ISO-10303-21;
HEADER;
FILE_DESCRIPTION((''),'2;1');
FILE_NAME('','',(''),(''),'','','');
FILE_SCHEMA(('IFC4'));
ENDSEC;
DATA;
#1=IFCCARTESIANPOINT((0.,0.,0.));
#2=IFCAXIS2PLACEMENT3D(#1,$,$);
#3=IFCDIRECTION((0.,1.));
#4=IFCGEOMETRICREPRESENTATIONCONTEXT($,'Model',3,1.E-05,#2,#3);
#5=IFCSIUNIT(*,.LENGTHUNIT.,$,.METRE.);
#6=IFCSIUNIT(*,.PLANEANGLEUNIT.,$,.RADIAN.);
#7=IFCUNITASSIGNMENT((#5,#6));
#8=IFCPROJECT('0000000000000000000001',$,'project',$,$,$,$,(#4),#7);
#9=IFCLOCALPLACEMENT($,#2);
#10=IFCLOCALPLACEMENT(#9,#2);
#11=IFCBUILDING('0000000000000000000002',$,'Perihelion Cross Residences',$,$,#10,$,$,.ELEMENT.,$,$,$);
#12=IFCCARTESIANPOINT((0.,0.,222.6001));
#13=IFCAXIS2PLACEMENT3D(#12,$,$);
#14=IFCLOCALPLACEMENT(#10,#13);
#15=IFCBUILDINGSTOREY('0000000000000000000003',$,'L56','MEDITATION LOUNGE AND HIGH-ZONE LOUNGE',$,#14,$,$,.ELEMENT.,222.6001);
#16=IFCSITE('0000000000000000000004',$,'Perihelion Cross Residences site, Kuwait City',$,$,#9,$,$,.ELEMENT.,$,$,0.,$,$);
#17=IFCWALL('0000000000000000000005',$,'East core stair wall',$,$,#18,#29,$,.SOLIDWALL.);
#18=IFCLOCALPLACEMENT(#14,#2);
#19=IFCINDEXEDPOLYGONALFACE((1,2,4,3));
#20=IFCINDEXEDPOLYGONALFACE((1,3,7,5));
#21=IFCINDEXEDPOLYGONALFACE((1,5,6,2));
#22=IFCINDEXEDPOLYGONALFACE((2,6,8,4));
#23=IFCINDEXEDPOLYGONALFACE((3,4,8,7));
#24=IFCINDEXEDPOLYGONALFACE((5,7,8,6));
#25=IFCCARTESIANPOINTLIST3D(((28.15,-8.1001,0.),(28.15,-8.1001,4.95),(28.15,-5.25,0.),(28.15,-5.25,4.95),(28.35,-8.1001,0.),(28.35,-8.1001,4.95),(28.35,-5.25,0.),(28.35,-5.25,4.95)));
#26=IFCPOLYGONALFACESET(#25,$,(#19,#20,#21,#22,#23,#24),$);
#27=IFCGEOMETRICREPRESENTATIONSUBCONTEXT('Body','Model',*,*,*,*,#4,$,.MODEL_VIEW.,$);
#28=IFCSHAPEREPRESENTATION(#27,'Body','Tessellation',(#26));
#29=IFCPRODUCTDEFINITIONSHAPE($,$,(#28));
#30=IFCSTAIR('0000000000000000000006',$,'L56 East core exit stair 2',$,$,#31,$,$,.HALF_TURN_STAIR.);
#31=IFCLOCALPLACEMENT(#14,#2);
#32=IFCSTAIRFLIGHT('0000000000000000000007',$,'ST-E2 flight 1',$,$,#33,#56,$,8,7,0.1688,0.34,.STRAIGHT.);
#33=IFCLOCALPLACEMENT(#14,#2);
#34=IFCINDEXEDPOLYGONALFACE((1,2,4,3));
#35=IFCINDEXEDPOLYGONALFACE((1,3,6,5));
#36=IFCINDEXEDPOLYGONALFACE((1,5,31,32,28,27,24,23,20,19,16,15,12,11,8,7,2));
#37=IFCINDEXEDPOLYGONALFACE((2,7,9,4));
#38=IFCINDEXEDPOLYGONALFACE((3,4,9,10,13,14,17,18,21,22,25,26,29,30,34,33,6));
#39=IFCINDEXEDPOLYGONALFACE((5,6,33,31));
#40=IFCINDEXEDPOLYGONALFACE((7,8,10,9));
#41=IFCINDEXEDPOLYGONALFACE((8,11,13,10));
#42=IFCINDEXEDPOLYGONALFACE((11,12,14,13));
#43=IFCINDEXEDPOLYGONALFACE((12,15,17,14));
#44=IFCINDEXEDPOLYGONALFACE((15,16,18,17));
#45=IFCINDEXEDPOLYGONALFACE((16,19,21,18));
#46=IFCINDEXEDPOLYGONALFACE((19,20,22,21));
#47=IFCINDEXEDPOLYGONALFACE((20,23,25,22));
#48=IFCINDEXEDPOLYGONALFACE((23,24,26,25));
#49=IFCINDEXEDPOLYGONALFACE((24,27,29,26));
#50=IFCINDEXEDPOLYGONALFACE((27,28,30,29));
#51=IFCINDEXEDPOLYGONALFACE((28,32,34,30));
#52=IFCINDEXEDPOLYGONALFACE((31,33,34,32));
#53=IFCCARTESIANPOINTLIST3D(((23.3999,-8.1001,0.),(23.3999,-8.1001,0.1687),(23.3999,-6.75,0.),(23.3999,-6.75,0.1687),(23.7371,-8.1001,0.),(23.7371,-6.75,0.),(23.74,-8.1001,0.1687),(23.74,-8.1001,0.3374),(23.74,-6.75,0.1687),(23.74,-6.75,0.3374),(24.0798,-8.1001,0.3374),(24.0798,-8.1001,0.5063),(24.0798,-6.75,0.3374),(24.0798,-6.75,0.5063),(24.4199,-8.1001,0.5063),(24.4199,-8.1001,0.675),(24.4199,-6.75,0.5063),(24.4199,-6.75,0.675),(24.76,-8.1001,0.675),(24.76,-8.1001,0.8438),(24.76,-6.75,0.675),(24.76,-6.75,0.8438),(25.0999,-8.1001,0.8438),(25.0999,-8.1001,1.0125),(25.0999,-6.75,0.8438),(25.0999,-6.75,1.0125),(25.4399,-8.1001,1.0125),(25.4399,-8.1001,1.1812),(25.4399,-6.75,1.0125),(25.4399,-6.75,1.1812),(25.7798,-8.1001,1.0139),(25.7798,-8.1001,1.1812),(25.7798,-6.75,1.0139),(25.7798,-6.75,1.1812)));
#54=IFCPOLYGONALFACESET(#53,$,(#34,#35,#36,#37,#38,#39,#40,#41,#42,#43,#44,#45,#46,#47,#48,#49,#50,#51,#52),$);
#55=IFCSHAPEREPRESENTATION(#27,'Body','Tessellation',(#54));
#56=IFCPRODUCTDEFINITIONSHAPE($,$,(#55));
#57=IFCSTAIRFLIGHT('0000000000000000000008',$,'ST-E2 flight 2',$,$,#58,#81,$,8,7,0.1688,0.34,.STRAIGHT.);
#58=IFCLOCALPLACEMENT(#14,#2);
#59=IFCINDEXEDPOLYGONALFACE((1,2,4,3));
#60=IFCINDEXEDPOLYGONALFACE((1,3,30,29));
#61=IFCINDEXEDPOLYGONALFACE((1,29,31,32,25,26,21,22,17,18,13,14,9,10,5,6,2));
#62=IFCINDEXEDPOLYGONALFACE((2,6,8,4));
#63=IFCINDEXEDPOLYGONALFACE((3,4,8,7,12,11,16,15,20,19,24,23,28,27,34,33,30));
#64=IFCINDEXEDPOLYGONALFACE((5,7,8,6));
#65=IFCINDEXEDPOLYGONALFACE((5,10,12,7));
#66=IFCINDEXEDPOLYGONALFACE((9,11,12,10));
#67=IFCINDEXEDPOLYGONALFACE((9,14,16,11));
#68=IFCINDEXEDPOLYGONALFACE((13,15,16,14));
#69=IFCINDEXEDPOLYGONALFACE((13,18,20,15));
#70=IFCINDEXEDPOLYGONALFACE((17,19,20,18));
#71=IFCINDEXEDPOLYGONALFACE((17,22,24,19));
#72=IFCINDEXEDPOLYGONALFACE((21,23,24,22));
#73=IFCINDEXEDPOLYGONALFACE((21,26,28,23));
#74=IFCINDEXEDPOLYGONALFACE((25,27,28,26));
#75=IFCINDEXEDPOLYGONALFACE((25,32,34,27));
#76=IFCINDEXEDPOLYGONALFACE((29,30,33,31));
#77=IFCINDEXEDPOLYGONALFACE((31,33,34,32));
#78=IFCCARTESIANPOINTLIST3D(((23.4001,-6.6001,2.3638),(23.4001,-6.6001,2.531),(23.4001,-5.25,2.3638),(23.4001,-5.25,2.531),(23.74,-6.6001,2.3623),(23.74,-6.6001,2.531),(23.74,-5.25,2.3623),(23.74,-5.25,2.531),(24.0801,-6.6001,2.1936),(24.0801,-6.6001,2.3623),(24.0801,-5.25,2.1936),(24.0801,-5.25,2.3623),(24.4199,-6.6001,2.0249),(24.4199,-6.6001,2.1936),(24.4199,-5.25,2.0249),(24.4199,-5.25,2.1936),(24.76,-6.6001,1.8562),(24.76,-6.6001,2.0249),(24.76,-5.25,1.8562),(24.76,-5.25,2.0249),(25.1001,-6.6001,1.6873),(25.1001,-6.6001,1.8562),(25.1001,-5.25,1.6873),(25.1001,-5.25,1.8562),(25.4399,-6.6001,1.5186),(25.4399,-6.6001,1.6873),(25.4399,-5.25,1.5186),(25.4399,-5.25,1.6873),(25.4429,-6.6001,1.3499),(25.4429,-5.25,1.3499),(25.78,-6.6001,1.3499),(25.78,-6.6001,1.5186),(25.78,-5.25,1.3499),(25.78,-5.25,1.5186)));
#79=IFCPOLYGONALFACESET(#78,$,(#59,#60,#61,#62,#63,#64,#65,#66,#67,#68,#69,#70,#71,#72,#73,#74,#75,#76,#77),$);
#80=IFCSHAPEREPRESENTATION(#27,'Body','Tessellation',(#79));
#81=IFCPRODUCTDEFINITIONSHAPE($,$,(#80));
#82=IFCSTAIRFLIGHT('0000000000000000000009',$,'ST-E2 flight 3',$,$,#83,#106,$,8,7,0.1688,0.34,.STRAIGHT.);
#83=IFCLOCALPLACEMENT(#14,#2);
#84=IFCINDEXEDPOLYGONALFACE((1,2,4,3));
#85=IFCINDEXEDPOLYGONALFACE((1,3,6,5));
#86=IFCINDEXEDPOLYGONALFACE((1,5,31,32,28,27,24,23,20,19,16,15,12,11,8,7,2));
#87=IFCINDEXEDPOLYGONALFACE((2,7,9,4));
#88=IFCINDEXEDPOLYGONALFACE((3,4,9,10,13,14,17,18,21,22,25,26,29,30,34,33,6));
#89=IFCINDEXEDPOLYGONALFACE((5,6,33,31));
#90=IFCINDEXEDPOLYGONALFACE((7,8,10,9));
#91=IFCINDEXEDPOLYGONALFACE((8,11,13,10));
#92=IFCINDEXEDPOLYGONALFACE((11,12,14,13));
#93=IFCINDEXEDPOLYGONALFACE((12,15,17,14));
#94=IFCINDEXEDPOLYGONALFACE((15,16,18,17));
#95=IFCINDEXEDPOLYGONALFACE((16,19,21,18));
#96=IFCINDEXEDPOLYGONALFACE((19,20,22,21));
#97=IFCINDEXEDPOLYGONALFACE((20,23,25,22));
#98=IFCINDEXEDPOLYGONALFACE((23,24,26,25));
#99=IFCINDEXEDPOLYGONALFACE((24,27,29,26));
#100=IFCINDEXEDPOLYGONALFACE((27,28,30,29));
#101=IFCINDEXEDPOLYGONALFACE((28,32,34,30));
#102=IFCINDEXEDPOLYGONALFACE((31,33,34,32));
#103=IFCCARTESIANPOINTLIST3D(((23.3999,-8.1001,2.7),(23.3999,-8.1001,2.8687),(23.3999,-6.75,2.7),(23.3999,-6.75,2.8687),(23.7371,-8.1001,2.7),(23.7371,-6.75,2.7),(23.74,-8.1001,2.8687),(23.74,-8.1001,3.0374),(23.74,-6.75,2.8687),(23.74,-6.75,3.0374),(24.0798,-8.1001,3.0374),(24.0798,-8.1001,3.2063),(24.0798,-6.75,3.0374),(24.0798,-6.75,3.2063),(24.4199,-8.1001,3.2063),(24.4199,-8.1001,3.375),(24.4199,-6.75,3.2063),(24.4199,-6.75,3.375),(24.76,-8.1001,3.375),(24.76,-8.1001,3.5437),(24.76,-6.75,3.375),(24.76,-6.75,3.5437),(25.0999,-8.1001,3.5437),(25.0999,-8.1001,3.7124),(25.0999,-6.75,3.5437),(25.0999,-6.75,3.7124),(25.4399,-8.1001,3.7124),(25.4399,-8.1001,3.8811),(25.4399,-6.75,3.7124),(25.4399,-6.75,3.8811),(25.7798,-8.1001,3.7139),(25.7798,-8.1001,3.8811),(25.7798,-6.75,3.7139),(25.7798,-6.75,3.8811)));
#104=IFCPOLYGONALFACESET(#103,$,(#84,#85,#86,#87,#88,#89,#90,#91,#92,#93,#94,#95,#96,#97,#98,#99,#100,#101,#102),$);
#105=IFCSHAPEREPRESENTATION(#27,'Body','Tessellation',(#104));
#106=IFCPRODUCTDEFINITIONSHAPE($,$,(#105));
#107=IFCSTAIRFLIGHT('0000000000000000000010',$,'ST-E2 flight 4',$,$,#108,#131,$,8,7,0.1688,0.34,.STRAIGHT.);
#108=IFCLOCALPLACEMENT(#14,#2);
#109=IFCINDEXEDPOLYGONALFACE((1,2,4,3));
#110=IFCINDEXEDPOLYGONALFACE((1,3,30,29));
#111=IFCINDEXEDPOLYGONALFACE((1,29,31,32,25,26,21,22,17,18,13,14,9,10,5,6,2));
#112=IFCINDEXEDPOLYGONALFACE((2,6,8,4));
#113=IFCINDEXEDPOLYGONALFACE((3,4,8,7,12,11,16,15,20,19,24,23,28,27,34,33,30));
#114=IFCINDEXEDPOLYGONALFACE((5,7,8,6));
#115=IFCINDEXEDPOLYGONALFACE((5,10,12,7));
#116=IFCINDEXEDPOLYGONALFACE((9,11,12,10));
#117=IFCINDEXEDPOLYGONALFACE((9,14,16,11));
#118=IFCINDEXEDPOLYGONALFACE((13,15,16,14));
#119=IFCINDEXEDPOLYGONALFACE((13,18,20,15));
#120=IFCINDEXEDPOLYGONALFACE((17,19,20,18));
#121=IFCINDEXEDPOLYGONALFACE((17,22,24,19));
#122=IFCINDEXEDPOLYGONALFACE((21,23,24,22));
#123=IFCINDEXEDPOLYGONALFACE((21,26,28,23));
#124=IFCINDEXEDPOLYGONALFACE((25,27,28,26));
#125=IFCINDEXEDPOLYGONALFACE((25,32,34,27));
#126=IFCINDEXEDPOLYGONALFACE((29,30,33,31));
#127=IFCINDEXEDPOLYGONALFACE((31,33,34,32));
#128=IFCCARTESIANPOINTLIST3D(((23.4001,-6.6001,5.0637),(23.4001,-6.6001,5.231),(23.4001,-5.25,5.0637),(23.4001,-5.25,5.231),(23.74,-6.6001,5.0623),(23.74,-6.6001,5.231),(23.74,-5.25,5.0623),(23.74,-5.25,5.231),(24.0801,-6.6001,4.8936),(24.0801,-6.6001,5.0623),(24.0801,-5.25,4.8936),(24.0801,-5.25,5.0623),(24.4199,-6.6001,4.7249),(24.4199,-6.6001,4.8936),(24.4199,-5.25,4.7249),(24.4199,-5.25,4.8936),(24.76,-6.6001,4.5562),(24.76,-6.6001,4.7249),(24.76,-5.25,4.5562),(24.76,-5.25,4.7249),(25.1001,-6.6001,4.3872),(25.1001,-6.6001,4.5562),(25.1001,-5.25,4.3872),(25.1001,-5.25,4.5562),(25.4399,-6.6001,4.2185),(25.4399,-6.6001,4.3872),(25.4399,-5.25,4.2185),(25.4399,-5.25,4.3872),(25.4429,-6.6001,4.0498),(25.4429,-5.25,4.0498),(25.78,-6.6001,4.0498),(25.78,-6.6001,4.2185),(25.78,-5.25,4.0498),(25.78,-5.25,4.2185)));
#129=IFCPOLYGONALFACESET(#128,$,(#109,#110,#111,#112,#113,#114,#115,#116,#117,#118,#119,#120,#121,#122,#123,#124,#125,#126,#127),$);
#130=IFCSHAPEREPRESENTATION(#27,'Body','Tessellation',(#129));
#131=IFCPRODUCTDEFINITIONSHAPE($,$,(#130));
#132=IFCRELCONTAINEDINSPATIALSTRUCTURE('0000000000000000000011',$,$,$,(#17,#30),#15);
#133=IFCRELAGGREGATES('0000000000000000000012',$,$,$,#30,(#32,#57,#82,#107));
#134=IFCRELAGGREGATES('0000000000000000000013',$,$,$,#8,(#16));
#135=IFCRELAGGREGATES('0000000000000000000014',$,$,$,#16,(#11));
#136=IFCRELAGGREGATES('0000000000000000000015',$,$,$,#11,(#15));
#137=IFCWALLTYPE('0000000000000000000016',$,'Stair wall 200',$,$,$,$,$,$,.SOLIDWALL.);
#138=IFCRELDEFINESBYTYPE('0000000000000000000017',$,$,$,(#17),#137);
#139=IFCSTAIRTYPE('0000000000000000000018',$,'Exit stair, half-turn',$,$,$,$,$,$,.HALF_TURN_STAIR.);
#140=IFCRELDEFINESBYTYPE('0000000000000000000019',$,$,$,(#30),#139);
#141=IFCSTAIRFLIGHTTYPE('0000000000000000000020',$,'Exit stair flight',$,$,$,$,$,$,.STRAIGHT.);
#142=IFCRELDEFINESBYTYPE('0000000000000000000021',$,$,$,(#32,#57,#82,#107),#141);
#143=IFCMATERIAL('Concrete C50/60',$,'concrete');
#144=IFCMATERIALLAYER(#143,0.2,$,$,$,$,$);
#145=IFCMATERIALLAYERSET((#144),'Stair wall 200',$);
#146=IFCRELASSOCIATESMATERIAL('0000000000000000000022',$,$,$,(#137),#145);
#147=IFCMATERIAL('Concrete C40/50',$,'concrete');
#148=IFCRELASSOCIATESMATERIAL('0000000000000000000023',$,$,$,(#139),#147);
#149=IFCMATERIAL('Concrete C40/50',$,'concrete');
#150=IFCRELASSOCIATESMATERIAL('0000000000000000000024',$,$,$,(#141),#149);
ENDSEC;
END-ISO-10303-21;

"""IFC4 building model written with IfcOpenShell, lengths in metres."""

from ifc_helpers import new_model, si_unit, direction, frame, frame_2d, origin, place, context, subcontext, project, spatial, polyline, rectangle, outline, extrude, material, layer, layer_set, type_object, element, aggregate, save


model = new_model("IFC4")

# Units and contexts
model_context = context("Model", 3, precision=1e-05, world=origin(), true_north=direction((0.0, 1.0)))
body_context = subcontext(model_context, "Body", "Model", "MODEL_VIEW")
ifc_project = project(units=[si_unit("LENGTHUNIT", "METRE"), si_unit("PLANEANGLEUNIT", "RADIAN")], contexts=[model_context])

# Site, building, storey
site_placement = place(None, origin())
site = spatial("IfcSite", under=ifc_project, at=site_placement, Name="Perihelion Cross Residences site, Kuwait City", CompositionType="ELEMENT", RefElevation=0.0)
building_placement = place(site_placement, origin())
building = spatial("IfcBuilding", under=site, at=building_placement, Name="Perihelion Cross Residences", CompositionType="ELEMENT")
storey_placement = place(building_placement, frame((0.0, 0.0, 222.6001)))
storey = spatial("IfcBuildingStorey", under=building, at=storey_placement, Name="L56", Description="MEDITATION LOUNGE AND HIGH-ZONE LOUNGE", CompositionType="ELEMENT", Elevation=222.6001)

# Shared definitions
ifc_material_1 = material(Name="Concrete C50/60", Category="concrete")
ifc_layer_1 = layer(ifc_material_1, 0.2)
ifc_layer_set_1 = layer_set([ifc_layer_1], Name="Stair wall 200")
wall_type_1 = type_object("IfcWallType", Name="Stair wall 200", PredefinedType="SOLIDWALL", material=ifc_layer_set_1)

# Wall
wall_1_placement = place(storey_placement, frame((28.25, -8.1001, 0.0), z_axis=(0.0, 0.0, 1.0), x_axis=(0.0, 1.0, 0.0)))
element("IfcWall", 1, at=wall_1_placement, inside=storey, type_object=wall_type_1, Name="East core stair wall", PredefinedType="SOLIDWALL", context=body_context, shape_type="SweptSolid", body=[
    extrude(rectangle(XDim=2.8501, YDim=0.2, at=frame_2d((1.425, 0.0))), origin(), (0.0, 0.0, 1.0), 4.95),
])

# Stair, stair flights
ifc_material_2 = material(Name="Concrete C40/50", Category="concrete")
stair_type = type_object("IfcStairType", Name="Exit stair, half-turn", PredefinedType="HALF_TURN_STAIR", material=ifc_material_2)
stair_placement = place(storey_placement, origin())
stair = element("IfcStair", 2, at=stair_placement, inside=storey, type_object=stair_type, Name="L56 East core exit stair 2", PredefinedType="HALF_TURN_STAIR")
ifc_material_3 = material(Name="Concrete C40/50", Category="concrete")
stair_flight_type = type_object("IfcStairFlightType", Name="Exit stair flight", PredefinedType="STRAIGHT", material=ifc_material_3)
stair_flight_1_placement = place(storey_placement, frame((23.3999, -7.425, 0.0), z_axis=(0.0, 0.0, 1.0), x_axis=(1.0, 0.0, 0.0)))
stair_flight_1 = element("IfcStairFlight", 3, at=stair_flight_1_placement, type_object=stair_flight_type, Name="ST-E2 flight 1", NumberOfRisers=8, NumberOfTreads=7, PredefinedType="STRAIGHT", RiserHeight=0.1688, TreadLength=0.34, context=body_context, shape_type="SweptSolid", body=[
    extrude(outline(polyline([(0.0, 0.0), (0.0, 0.1687), (0.3401, 0.1687), (0.3401, 0.3374), (0.6799, 0.3374), (0.6799, 0.5063), (1.02, 0.5063), (1.02, 0.675), (1.3601, 0.675), (1.3601, 0.8438), (1.7, 0.8438), (1.7, 1.0125), (2.04, 1.0125), (2.04, 1.1812), (2.3799, 1.1812), (2.3799, 1.3501), (2.3799, 1.0139), (0.3372, 0.0), (0.0, 0.0)])), frame((0.0, 0.675, 0.0), z_axis=(0.0, -1.0, 0.0), x_axis=(1.0, 0.0, 0.0)), (0.0, 0.0, 1.0), 1.3501),
])
stair_flight_2_placement = place(storey_placement, frame((25.78, -5.925, 1.3499), z_axis=(0.0, 0.0, 1.0), x_axis=(-1.0, 0.0, 0.0)))
stair_flight_2 = element("IfcStairFlight", 4, at=stair_flight_2_placement, type_object=stair_flight_type, Name="ST-E2 flight 2", NumberOfRisers=8, NumberOfTreads=7, PredefinedType="STRAIGHT", RiserHeight=0.1688, TreadLength=0.34, context=body_context, shape_type="SweptSolid", body=[
    extrude(outline(polyline([(0.0, 0.0), (0.0, 0.1687), (0.3401, 0.1687), (0.3401, 0.3374), (0.6799, 0.3374), (0.6799, 0.5063), (1.02, 0.5063), (1.02, 0.675), (1.3601, 0.675), (1.3601, 0.8438), (1.7, 0.8438), (1.7, 1.0125), (2.04, 1.0125), (2.04, 1.1812), (2.3799, 1.1812), (2.3799, 1.3501), (2.3799, 1.0139), (0.3372, 0.0), (0.0, 0.0)])), frame((0.0, 0.675, 0.0), z_axis=(0.0, -1.0, 0.0), x_axis=(1.0, 0.0, 0.0)), (0.0, 0.0, 1.0), 1.3501),
])
stair_flight_3_placement = place(storey_placement, frame((23.3999, -7.425, 2.7), z_axis=(0.0, 0.0, 1.0), x_axis=(1.0, 0.0, 0.0)))
stair_flight_3 = element("IfcStairFlight", 5, at=stair_flight_3_placement, type_object=stair_flight_type, Name="ST-E2 flight 3", NumberOfRisers=8, NumberOfTreads=7, PredefinedType="STRAIGHT", RiserHeight=0.1688, TreadLength=0.34, context=body_context, shape_type="SweptSolid", body=[
    extrude(outline(polyline([(0.0, 0.0), (0.0, 0.1687), (0.3401, 0.1687), (0.3401, 0.3374), (0.6799, 0.3374), (0.6799, 0.5063), (1.02, 0.5063), (1.02, 0.675), (1.3601, 0.675), (1.3601, 0.8438), (1.7, 0.8438), (1.7, 1.0125), (2.04, 1.0125), (2.04, 1.1812), (2.3799, 1.1812), (2.3799, 1.3501), (2.3799, 1.0139), (0.3372, 0.0), (0.0, 0.0)])), frame((0.0, 0.675, 0.0), z_axis=(0.0, -1.0, 0.0), x_axis=(1.0, 0.0, 0.0)), (0.0, 0.0, 1.0), 1.3501),
])
stair_flight_4_placement = place(storey_placement, frame((25.78, -5.925, 4.0498), z_axis=(0.0, 0.0, 1.0), x_axis=(-1.0, 0.0, 0.0)))
stair_flight_4 = element("IfcStairFlight", 6, at=stair_flight_4_placement, type_object=stair_flight_type, Name="ST-E2 flight 4", NumberOfRisers=8, NumberOfTreads=7, PredefinedType="STRAIGHT", RiserHeight=0.1688, TreadLength=0.34, context=body_context, shape_type="SweptSolid", body=[
    extrude(outline(polyline([(0.0, 0.0), (0.0, 0.1687), (0.3401, 0.1687), (0.3401, 0.3374), (0.6799, 0.3374), (0.6799, 0.5063), (1.02, 0.5063), (1.02, 0.675), (1.3601, 0.675), (1.3601, 0.8438), (1.7, 0.8438), (1.7, 1.0125), (2.04, 1.0125), (2.04, 1.1812), (2.3799, 1.1812), (2.3799, 1.3501), (2.3799, 1.0139), (0.3372, 0.0), (0.0, 0.0)])), frame((0.0, 0.675, 0.0), z_axis=(0.0, -1.0, 0.0), x_axis=(1.0, 0.0, 0.0)), (0.0, 0.0, 1.0), 1.3501),
])
aggregate(stair, [stair_flight_1, stair_flight_2, stair_flight_3, stair_flight_4])

save(model, "model.ifc")
